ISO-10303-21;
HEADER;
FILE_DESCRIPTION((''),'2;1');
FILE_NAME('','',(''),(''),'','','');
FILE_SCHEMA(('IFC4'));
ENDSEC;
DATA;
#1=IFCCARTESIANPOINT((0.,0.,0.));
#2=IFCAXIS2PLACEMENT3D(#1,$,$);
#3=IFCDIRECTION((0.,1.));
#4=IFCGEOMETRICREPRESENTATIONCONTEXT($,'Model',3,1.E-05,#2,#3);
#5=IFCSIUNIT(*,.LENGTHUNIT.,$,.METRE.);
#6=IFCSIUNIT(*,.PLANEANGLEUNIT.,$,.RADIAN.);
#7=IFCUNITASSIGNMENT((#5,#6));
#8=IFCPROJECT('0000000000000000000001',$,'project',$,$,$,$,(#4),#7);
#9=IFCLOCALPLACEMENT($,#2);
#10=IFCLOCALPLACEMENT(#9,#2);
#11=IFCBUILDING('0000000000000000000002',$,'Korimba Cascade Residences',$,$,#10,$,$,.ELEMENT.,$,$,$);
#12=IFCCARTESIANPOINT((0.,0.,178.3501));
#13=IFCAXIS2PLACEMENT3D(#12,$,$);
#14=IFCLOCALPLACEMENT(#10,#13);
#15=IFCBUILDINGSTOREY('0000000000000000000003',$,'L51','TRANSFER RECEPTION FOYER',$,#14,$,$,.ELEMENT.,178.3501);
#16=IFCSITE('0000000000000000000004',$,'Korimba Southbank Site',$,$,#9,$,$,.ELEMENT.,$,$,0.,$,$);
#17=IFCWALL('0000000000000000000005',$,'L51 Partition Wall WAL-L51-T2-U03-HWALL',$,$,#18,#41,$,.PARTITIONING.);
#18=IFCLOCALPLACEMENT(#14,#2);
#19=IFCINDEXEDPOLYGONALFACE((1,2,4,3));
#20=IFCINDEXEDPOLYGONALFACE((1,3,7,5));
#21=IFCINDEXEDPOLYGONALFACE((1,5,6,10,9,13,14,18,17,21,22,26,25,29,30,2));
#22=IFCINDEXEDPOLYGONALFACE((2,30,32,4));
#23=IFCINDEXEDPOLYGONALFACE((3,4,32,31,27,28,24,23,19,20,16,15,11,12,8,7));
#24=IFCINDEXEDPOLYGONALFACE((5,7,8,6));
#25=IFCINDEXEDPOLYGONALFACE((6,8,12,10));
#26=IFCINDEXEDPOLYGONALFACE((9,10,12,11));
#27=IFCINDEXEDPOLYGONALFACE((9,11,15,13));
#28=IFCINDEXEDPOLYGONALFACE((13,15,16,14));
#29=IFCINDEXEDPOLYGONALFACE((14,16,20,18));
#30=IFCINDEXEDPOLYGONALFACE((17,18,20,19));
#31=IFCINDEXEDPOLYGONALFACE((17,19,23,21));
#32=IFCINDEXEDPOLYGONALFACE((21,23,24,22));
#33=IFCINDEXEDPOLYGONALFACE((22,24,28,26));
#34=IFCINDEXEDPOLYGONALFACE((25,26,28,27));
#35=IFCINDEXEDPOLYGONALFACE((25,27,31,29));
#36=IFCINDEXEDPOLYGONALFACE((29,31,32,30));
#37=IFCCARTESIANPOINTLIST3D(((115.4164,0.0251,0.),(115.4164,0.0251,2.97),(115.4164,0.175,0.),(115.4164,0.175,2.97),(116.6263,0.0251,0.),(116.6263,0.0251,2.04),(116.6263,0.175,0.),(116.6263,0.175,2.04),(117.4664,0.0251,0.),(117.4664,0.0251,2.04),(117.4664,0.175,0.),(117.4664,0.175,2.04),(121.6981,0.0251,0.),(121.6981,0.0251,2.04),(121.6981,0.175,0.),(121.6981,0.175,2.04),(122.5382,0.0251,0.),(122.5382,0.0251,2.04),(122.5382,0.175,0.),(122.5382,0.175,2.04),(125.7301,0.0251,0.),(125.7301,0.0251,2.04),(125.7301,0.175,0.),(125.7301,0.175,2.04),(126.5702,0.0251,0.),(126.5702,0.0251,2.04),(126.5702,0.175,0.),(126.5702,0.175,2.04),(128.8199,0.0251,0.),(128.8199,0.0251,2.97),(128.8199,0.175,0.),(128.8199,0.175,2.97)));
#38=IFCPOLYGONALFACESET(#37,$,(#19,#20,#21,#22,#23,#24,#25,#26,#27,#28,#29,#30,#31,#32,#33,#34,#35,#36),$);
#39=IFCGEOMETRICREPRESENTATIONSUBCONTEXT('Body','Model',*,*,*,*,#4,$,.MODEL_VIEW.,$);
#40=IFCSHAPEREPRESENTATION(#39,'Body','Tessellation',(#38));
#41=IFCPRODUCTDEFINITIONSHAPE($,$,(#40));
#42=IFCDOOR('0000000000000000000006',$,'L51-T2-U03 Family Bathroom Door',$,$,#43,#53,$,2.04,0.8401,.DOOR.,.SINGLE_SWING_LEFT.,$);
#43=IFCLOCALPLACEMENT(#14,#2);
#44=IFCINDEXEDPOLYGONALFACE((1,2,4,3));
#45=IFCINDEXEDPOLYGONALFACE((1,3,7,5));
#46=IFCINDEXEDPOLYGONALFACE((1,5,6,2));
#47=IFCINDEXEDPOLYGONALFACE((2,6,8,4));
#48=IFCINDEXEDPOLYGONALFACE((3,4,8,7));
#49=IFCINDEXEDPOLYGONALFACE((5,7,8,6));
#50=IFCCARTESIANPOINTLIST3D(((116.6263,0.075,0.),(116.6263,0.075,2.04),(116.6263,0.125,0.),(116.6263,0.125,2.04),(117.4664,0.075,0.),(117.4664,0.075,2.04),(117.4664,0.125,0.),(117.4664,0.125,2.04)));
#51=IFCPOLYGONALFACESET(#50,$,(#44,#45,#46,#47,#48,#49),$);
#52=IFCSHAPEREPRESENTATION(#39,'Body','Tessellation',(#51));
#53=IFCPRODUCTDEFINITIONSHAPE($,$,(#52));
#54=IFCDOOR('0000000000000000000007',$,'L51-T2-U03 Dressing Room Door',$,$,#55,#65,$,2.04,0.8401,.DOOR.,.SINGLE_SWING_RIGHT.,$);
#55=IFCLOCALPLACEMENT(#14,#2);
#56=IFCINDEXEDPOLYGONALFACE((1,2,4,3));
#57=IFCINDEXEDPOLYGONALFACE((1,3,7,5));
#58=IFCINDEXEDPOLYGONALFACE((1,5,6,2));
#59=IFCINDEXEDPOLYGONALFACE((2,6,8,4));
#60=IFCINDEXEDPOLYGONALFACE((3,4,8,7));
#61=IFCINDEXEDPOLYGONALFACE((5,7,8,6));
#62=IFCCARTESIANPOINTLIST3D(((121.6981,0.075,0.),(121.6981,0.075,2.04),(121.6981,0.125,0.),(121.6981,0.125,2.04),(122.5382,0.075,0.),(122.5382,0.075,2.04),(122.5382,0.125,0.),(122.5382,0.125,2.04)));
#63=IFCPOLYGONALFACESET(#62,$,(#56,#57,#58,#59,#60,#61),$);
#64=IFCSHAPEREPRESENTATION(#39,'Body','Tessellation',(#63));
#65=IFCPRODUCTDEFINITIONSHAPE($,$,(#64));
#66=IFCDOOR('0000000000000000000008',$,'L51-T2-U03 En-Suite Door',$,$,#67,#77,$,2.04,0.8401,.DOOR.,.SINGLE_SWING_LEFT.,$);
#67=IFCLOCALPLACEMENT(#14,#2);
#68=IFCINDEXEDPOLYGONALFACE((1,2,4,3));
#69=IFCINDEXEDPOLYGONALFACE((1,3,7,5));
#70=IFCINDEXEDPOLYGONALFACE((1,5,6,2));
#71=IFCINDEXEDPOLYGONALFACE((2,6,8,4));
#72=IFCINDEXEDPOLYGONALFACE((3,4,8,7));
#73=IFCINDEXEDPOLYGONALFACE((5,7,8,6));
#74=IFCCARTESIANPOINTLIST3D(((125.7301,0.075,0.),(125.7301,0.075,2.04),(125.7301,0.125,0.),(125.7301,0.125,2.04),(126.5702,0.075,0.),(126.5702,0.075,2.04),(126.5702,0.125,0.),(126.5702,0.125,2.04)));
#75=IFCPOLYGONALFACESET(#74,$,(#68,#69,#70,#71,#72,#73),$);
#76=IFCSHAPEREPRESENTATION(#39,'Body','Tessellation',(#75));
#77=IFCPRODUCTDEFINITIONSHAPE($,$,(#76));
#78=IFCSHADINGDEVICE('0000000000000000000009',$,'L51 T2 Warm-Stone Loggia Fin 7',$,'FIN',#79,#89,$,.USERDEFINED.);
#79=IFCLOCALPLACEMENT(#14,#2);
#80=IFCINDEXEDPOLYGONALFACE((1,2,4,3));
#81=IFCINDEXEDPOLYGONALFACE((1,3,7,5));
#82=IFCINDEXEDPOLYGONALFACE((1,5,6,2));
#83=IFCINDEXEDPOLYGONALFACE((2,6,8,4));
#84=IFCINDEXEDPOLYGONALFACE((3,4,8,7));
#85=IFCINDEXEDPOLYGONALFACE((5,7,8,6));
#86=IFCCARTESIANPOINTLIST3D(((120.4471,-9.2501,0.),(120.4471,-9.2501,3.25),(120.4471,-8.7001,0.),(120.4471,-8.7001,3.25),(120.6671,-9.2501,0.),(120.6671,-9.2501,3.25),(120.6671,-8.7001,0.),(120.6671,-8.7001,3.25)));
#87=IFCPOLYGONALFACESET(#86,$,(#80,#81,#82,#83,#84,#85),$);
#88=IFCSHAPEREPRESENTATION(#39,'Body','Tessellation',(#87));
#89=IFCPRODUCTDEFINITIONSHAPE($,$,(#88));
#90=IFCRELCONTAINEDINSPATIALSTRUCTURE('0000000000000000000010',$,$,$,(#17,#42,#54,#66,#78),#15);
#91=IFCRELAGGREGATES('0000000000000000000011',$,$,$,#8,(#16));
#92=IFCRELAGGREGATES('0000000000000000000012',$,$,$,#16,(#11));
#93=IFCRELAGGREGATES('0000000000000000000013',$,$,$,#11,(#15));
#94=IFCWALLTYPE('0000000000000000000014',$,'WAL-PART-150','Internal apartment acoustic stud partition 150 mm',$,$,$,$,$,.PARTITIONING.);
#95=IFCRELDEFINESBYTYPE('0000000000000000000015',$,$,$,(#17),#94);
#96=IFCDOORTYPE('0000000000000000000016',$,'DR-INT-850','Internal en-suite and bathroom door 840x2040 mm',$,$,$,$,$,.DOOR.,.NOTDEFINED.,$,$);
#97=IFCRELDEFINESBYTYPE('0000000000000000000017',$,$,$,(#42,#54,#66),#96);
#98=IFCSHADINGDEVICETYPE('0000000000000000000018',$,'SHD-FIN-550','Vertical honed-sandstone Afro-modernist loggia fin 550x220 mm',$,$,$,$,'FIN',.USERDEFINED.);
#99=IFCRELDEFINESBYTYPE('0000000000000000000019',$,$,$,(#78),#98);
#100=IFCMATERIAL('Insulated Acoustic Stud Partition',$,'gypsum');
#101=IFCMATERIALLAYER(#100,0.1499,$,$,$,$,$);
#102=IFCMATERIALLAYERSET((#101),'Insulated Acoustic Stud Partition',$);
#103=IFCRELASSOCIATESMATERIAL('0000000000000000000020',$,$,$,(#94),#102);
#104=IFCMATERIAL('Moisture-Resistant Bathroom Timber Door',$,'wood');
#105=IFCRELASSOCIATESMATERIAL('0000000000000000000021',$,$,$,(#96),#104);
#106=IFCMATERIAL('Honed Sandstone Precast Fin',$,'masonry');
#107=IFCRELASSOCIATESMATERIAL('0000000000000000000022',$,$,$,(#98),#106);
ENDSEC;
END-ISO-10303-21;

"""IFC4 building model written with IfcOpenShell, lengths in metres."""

from ifc_helpers import new_model, si_unit, direction, frame, frame_2d, origin, origin_2d, place, context, subcontext, project, spatial, rectangle, extrude, material, layer, layer_set, type_object, element, fill, save


model = new_model("IFC4")

# Units and contexts
model_context = context("Model", 3, precision=1e-05, world=origin(), true_north=direction((0.0, 1.0)))
body_context = subcontext(model_context, "Body", "Model", "MODEL_VIEW")
ifc_project = project(units=[si_unit("LENGTHUNIT", "METRE"), si_unit("PLANEANGLEUNIT", "RADIAN")], contexts=[model_context])

# Site, building, storey
site_placement = place(None, origin())
site = spatial("IfcSite", under=ifc_project, at=site_placement, Name="Korimba Southbank Site", CompositionType="ELEMENT", RefElevation=0.0)
building_placement = place(site_placement, origin())
building = spatial("IfcBuilding", under=site, at=building_placement, Name="Korimba Cascade Residences", CompositionType="ELEMENT")
storey_placement = place(building_placement, frame((0.0, 0.0, 178.3501)))
storey = spatial("IfcBuildingStorey", under=building, at=storey_placement, Name="L51", Description="TRANSFER RECEPTION FOYER", CompositionType="ELEMENT", Elevation=178.3501)

# Shared definitions
ifc_material_1 = material(Name="Insulated Acoustic Stud Partition", Category="gypsum")
ifc_layer = layer(ifc_material_1, 0.1499)
ifc_layer_set = layer_set([ifc_layer], Name="Insulated Acoustic Stud Partition")
wall_type = type_object("IfcWallType", Name="WAL-PART-150", Description="Internal apartment acoustic stud partition 150 mm", PredefinedType="PARTITIONING", material=ifc_layer_set)
ifc_material_2 = material(Name="Moisture-Resistant Bathroom Timber Door", Category="wood")
door_type_1 = type_object("IfcDoorType", Name="DR-INT-850", Description="Internal en-suite and bathroom door 840x2040 mm", OperationType="NOTDEFINED", PredefinedType="DOOR", material=ifc_material_2)

# Wall, openings, doors
wall_1_placement = place(storey_placement, frame((115.4165, 0.1001, 0.0), z_axis=(0.0, 0.0, 1.0), x_axis=(1.0, 0.0, 0.0)))
wall_1 = element("IfcWall", 1, at=wall_1_placement, inside=storey, type_object=wall_type, Name="L51 Partition Wall WAL-L51-T2-U03-HWALL", PredefinedType="PARTITIONING", context=body_context, shape_type="SweptSolid", body=[
    extrude(rectangle(XDim=13.4036, YDim=0.1499, at=frame_2d((6.7017, 0.0))), origin(), (0.0, 0.0, 1.0), 2.97),
])
opening_1_placement = place(wall_1_placement, frame((1.21, 0.0, 0.0)))
opening_1 = element("IfcOpeningElement", 2, at=opening_1_placement, cuts=wall_1, PredefinedType="OPENING", context=body_context, shape_type="SweptSolid", body=[
    extrude(rectangle(XDim=0.8401, YDim=2.04, at=frame_2d((0.4199, 1.02))), frame((0.0, 0.085, 0.0), z_axis=(0.0, -1.0, 0.0), x_axis=(1.0, 0.0, 0.0)), (0.0, 0.0, 1.0), 0.1699),
])
opening_2_placement = place(wall_1_placement, frame((6.2817, 0.0, 0.0)))
opening_2 = element("IfcOpeningElement", 3, at=opening_2_placement, cuts=wall_1, PredefinedType="OPENING", context=body_context, shape_type="SweptSolid", body=[
    extrude(rectangle(XDim=0.8401, YDim=2.04, at=frame_2d((0.4199, 1.02))), frame((0.0, 0.085, 0.0), z_axis=(0.0, -1.0, 0.0), x_axis=(1.0, 0.0, 0.0)), (0.0, 0.0, 1.0), 0.1699),
])
opening_3_placement = place(wall_1_placement, frame((10.3137, 0.0, 0.0)))
opening_3 = element("IfcOpeningElement", 4, at=opening_3_placement, cuts=wall_1, PredefinedType="OPENING", context=body_context, shape_type="SweptSolid", body=[
    extrude(rectangle(XDim=0.8401, YDim=2.04, at=frame_2d((0.4199, 1.02))), frame((0.0, 0.085, 0.0), z_axis=(0.0, -1.0, 0.0), x_axis=(1.0, 0.0, 0.0)), (0.0, 0.0, 1.0), 0.1699),
])
door_1_placement = place(opening_1_placement, origin())
door_1 = element("IfcDoor", 5, at=door_1_placement, inside=storey, type_object=door_type_1, Name="L51-T2-U03 Family Bathroom Door", OperationType="SINGLE_SWING_LEFT", OverallHeight=2.04, OverallWidth=0.8401, PredefinedType="DOOR", context=body_context, shape_type="SweptSolid", body=[
    extrude(rectangle(XDim=0.8401, YDim=2.04, at=frame_2d((0.4199, 1.02))), frame((0.0, 0.0249, 0.0), z_axis=(0.0, -1.0, 0.0), x_axis=(1.0, 0.0, 0.0)), (0.0, 0.0, 1.0), 0.05),
])
fill(opening_1, door_1)
door_2_placement = place(opening_2_placement, origin())
door_2 = element("IfcDoor", 6, at=door_2_placement, inside=storey, type_object=door_type_1, Name="L51-T2-U03 Dressing Room Door", OperationType="SINGLE_SWING_RIGHT", OverallHeight=2.04, OverallWidth=0.8401, PredefinedType="DOOR", context=body_context, shape_type="SweptSolid", body=[
    extrude(rectangle(XDim=0.8401, YDim=2.04, at=frame_2d((0.4199, 1.02))), frame((0.0, 0.0249, 0.0), z_axis=(0.0, -1.0, 0.0), x_axis=(1.0, 0.0, 0.0)), (0.0, 0.0, 1.0), 0.05),
])
fill(opening_2, door_2)
door_3_placement = place(opening_3_placement, origin())
door_3 = element("IfcDoor", 7, at=door_3_placement, inside=storey, type_object=door_type_1, Name="L51-T2-U03 En-Suite Door", OperationType="SINGLE_SWING_LEFT", OverallHeight=2.04, OverallWidth=0.8401, PredefinedType="DOOR", context=body_context, shape_type="SweptSolid", body=[
    extrude(rectangle(XDim=0.8401, YDim=2.04, at=frame_2d((0.4199, 1.02))), frame((0.0, 0.0249, 0.0), z_axis=(0.0, -1.0, 0.0), x_axis=(1.0, 0.0, 0.0)), (0.0, 0.0, 1.0), 0.05),
])
fill(opening_3, door_3)

# Shading device
ifc_material_3 = material(Name="Honed Sandstone Precast Fin", Category="masonry")
shading_device_type = type_object("IfcShadingDeviceType", Name="SHD-FIN-550", Description="Vertical honed-sandstone Afro-modernist loggia fin 550x220 mm", ElementType="FIN", PredefinedType="USERDEFINED", material=ifc_material_3)
shading_device_placement = place(storey_placement, frame((120.5571, -8.9751, 0.0), z_axis=(0.0, 0.0, 1.0), x_axis=(1.0, 0.0, 0.0)))
element("IfcShadingDevice", 8, at=shading_device_placement, inside=storey, type_object=shading_device_type, Name="L51 T2 Warm-Stone Loggia Fin 7", ObjectType="FIN", PredefinedType="USERDEFINED", context=body_context, shape_type="SweptSolid", body=[
    extrude(rectangle(XDim=0.22, YDim=0.55, at=origin_2d()), origin(), (0.0, 0.0, 1.0), 3.25),
])

save(model, "model.ifc")
